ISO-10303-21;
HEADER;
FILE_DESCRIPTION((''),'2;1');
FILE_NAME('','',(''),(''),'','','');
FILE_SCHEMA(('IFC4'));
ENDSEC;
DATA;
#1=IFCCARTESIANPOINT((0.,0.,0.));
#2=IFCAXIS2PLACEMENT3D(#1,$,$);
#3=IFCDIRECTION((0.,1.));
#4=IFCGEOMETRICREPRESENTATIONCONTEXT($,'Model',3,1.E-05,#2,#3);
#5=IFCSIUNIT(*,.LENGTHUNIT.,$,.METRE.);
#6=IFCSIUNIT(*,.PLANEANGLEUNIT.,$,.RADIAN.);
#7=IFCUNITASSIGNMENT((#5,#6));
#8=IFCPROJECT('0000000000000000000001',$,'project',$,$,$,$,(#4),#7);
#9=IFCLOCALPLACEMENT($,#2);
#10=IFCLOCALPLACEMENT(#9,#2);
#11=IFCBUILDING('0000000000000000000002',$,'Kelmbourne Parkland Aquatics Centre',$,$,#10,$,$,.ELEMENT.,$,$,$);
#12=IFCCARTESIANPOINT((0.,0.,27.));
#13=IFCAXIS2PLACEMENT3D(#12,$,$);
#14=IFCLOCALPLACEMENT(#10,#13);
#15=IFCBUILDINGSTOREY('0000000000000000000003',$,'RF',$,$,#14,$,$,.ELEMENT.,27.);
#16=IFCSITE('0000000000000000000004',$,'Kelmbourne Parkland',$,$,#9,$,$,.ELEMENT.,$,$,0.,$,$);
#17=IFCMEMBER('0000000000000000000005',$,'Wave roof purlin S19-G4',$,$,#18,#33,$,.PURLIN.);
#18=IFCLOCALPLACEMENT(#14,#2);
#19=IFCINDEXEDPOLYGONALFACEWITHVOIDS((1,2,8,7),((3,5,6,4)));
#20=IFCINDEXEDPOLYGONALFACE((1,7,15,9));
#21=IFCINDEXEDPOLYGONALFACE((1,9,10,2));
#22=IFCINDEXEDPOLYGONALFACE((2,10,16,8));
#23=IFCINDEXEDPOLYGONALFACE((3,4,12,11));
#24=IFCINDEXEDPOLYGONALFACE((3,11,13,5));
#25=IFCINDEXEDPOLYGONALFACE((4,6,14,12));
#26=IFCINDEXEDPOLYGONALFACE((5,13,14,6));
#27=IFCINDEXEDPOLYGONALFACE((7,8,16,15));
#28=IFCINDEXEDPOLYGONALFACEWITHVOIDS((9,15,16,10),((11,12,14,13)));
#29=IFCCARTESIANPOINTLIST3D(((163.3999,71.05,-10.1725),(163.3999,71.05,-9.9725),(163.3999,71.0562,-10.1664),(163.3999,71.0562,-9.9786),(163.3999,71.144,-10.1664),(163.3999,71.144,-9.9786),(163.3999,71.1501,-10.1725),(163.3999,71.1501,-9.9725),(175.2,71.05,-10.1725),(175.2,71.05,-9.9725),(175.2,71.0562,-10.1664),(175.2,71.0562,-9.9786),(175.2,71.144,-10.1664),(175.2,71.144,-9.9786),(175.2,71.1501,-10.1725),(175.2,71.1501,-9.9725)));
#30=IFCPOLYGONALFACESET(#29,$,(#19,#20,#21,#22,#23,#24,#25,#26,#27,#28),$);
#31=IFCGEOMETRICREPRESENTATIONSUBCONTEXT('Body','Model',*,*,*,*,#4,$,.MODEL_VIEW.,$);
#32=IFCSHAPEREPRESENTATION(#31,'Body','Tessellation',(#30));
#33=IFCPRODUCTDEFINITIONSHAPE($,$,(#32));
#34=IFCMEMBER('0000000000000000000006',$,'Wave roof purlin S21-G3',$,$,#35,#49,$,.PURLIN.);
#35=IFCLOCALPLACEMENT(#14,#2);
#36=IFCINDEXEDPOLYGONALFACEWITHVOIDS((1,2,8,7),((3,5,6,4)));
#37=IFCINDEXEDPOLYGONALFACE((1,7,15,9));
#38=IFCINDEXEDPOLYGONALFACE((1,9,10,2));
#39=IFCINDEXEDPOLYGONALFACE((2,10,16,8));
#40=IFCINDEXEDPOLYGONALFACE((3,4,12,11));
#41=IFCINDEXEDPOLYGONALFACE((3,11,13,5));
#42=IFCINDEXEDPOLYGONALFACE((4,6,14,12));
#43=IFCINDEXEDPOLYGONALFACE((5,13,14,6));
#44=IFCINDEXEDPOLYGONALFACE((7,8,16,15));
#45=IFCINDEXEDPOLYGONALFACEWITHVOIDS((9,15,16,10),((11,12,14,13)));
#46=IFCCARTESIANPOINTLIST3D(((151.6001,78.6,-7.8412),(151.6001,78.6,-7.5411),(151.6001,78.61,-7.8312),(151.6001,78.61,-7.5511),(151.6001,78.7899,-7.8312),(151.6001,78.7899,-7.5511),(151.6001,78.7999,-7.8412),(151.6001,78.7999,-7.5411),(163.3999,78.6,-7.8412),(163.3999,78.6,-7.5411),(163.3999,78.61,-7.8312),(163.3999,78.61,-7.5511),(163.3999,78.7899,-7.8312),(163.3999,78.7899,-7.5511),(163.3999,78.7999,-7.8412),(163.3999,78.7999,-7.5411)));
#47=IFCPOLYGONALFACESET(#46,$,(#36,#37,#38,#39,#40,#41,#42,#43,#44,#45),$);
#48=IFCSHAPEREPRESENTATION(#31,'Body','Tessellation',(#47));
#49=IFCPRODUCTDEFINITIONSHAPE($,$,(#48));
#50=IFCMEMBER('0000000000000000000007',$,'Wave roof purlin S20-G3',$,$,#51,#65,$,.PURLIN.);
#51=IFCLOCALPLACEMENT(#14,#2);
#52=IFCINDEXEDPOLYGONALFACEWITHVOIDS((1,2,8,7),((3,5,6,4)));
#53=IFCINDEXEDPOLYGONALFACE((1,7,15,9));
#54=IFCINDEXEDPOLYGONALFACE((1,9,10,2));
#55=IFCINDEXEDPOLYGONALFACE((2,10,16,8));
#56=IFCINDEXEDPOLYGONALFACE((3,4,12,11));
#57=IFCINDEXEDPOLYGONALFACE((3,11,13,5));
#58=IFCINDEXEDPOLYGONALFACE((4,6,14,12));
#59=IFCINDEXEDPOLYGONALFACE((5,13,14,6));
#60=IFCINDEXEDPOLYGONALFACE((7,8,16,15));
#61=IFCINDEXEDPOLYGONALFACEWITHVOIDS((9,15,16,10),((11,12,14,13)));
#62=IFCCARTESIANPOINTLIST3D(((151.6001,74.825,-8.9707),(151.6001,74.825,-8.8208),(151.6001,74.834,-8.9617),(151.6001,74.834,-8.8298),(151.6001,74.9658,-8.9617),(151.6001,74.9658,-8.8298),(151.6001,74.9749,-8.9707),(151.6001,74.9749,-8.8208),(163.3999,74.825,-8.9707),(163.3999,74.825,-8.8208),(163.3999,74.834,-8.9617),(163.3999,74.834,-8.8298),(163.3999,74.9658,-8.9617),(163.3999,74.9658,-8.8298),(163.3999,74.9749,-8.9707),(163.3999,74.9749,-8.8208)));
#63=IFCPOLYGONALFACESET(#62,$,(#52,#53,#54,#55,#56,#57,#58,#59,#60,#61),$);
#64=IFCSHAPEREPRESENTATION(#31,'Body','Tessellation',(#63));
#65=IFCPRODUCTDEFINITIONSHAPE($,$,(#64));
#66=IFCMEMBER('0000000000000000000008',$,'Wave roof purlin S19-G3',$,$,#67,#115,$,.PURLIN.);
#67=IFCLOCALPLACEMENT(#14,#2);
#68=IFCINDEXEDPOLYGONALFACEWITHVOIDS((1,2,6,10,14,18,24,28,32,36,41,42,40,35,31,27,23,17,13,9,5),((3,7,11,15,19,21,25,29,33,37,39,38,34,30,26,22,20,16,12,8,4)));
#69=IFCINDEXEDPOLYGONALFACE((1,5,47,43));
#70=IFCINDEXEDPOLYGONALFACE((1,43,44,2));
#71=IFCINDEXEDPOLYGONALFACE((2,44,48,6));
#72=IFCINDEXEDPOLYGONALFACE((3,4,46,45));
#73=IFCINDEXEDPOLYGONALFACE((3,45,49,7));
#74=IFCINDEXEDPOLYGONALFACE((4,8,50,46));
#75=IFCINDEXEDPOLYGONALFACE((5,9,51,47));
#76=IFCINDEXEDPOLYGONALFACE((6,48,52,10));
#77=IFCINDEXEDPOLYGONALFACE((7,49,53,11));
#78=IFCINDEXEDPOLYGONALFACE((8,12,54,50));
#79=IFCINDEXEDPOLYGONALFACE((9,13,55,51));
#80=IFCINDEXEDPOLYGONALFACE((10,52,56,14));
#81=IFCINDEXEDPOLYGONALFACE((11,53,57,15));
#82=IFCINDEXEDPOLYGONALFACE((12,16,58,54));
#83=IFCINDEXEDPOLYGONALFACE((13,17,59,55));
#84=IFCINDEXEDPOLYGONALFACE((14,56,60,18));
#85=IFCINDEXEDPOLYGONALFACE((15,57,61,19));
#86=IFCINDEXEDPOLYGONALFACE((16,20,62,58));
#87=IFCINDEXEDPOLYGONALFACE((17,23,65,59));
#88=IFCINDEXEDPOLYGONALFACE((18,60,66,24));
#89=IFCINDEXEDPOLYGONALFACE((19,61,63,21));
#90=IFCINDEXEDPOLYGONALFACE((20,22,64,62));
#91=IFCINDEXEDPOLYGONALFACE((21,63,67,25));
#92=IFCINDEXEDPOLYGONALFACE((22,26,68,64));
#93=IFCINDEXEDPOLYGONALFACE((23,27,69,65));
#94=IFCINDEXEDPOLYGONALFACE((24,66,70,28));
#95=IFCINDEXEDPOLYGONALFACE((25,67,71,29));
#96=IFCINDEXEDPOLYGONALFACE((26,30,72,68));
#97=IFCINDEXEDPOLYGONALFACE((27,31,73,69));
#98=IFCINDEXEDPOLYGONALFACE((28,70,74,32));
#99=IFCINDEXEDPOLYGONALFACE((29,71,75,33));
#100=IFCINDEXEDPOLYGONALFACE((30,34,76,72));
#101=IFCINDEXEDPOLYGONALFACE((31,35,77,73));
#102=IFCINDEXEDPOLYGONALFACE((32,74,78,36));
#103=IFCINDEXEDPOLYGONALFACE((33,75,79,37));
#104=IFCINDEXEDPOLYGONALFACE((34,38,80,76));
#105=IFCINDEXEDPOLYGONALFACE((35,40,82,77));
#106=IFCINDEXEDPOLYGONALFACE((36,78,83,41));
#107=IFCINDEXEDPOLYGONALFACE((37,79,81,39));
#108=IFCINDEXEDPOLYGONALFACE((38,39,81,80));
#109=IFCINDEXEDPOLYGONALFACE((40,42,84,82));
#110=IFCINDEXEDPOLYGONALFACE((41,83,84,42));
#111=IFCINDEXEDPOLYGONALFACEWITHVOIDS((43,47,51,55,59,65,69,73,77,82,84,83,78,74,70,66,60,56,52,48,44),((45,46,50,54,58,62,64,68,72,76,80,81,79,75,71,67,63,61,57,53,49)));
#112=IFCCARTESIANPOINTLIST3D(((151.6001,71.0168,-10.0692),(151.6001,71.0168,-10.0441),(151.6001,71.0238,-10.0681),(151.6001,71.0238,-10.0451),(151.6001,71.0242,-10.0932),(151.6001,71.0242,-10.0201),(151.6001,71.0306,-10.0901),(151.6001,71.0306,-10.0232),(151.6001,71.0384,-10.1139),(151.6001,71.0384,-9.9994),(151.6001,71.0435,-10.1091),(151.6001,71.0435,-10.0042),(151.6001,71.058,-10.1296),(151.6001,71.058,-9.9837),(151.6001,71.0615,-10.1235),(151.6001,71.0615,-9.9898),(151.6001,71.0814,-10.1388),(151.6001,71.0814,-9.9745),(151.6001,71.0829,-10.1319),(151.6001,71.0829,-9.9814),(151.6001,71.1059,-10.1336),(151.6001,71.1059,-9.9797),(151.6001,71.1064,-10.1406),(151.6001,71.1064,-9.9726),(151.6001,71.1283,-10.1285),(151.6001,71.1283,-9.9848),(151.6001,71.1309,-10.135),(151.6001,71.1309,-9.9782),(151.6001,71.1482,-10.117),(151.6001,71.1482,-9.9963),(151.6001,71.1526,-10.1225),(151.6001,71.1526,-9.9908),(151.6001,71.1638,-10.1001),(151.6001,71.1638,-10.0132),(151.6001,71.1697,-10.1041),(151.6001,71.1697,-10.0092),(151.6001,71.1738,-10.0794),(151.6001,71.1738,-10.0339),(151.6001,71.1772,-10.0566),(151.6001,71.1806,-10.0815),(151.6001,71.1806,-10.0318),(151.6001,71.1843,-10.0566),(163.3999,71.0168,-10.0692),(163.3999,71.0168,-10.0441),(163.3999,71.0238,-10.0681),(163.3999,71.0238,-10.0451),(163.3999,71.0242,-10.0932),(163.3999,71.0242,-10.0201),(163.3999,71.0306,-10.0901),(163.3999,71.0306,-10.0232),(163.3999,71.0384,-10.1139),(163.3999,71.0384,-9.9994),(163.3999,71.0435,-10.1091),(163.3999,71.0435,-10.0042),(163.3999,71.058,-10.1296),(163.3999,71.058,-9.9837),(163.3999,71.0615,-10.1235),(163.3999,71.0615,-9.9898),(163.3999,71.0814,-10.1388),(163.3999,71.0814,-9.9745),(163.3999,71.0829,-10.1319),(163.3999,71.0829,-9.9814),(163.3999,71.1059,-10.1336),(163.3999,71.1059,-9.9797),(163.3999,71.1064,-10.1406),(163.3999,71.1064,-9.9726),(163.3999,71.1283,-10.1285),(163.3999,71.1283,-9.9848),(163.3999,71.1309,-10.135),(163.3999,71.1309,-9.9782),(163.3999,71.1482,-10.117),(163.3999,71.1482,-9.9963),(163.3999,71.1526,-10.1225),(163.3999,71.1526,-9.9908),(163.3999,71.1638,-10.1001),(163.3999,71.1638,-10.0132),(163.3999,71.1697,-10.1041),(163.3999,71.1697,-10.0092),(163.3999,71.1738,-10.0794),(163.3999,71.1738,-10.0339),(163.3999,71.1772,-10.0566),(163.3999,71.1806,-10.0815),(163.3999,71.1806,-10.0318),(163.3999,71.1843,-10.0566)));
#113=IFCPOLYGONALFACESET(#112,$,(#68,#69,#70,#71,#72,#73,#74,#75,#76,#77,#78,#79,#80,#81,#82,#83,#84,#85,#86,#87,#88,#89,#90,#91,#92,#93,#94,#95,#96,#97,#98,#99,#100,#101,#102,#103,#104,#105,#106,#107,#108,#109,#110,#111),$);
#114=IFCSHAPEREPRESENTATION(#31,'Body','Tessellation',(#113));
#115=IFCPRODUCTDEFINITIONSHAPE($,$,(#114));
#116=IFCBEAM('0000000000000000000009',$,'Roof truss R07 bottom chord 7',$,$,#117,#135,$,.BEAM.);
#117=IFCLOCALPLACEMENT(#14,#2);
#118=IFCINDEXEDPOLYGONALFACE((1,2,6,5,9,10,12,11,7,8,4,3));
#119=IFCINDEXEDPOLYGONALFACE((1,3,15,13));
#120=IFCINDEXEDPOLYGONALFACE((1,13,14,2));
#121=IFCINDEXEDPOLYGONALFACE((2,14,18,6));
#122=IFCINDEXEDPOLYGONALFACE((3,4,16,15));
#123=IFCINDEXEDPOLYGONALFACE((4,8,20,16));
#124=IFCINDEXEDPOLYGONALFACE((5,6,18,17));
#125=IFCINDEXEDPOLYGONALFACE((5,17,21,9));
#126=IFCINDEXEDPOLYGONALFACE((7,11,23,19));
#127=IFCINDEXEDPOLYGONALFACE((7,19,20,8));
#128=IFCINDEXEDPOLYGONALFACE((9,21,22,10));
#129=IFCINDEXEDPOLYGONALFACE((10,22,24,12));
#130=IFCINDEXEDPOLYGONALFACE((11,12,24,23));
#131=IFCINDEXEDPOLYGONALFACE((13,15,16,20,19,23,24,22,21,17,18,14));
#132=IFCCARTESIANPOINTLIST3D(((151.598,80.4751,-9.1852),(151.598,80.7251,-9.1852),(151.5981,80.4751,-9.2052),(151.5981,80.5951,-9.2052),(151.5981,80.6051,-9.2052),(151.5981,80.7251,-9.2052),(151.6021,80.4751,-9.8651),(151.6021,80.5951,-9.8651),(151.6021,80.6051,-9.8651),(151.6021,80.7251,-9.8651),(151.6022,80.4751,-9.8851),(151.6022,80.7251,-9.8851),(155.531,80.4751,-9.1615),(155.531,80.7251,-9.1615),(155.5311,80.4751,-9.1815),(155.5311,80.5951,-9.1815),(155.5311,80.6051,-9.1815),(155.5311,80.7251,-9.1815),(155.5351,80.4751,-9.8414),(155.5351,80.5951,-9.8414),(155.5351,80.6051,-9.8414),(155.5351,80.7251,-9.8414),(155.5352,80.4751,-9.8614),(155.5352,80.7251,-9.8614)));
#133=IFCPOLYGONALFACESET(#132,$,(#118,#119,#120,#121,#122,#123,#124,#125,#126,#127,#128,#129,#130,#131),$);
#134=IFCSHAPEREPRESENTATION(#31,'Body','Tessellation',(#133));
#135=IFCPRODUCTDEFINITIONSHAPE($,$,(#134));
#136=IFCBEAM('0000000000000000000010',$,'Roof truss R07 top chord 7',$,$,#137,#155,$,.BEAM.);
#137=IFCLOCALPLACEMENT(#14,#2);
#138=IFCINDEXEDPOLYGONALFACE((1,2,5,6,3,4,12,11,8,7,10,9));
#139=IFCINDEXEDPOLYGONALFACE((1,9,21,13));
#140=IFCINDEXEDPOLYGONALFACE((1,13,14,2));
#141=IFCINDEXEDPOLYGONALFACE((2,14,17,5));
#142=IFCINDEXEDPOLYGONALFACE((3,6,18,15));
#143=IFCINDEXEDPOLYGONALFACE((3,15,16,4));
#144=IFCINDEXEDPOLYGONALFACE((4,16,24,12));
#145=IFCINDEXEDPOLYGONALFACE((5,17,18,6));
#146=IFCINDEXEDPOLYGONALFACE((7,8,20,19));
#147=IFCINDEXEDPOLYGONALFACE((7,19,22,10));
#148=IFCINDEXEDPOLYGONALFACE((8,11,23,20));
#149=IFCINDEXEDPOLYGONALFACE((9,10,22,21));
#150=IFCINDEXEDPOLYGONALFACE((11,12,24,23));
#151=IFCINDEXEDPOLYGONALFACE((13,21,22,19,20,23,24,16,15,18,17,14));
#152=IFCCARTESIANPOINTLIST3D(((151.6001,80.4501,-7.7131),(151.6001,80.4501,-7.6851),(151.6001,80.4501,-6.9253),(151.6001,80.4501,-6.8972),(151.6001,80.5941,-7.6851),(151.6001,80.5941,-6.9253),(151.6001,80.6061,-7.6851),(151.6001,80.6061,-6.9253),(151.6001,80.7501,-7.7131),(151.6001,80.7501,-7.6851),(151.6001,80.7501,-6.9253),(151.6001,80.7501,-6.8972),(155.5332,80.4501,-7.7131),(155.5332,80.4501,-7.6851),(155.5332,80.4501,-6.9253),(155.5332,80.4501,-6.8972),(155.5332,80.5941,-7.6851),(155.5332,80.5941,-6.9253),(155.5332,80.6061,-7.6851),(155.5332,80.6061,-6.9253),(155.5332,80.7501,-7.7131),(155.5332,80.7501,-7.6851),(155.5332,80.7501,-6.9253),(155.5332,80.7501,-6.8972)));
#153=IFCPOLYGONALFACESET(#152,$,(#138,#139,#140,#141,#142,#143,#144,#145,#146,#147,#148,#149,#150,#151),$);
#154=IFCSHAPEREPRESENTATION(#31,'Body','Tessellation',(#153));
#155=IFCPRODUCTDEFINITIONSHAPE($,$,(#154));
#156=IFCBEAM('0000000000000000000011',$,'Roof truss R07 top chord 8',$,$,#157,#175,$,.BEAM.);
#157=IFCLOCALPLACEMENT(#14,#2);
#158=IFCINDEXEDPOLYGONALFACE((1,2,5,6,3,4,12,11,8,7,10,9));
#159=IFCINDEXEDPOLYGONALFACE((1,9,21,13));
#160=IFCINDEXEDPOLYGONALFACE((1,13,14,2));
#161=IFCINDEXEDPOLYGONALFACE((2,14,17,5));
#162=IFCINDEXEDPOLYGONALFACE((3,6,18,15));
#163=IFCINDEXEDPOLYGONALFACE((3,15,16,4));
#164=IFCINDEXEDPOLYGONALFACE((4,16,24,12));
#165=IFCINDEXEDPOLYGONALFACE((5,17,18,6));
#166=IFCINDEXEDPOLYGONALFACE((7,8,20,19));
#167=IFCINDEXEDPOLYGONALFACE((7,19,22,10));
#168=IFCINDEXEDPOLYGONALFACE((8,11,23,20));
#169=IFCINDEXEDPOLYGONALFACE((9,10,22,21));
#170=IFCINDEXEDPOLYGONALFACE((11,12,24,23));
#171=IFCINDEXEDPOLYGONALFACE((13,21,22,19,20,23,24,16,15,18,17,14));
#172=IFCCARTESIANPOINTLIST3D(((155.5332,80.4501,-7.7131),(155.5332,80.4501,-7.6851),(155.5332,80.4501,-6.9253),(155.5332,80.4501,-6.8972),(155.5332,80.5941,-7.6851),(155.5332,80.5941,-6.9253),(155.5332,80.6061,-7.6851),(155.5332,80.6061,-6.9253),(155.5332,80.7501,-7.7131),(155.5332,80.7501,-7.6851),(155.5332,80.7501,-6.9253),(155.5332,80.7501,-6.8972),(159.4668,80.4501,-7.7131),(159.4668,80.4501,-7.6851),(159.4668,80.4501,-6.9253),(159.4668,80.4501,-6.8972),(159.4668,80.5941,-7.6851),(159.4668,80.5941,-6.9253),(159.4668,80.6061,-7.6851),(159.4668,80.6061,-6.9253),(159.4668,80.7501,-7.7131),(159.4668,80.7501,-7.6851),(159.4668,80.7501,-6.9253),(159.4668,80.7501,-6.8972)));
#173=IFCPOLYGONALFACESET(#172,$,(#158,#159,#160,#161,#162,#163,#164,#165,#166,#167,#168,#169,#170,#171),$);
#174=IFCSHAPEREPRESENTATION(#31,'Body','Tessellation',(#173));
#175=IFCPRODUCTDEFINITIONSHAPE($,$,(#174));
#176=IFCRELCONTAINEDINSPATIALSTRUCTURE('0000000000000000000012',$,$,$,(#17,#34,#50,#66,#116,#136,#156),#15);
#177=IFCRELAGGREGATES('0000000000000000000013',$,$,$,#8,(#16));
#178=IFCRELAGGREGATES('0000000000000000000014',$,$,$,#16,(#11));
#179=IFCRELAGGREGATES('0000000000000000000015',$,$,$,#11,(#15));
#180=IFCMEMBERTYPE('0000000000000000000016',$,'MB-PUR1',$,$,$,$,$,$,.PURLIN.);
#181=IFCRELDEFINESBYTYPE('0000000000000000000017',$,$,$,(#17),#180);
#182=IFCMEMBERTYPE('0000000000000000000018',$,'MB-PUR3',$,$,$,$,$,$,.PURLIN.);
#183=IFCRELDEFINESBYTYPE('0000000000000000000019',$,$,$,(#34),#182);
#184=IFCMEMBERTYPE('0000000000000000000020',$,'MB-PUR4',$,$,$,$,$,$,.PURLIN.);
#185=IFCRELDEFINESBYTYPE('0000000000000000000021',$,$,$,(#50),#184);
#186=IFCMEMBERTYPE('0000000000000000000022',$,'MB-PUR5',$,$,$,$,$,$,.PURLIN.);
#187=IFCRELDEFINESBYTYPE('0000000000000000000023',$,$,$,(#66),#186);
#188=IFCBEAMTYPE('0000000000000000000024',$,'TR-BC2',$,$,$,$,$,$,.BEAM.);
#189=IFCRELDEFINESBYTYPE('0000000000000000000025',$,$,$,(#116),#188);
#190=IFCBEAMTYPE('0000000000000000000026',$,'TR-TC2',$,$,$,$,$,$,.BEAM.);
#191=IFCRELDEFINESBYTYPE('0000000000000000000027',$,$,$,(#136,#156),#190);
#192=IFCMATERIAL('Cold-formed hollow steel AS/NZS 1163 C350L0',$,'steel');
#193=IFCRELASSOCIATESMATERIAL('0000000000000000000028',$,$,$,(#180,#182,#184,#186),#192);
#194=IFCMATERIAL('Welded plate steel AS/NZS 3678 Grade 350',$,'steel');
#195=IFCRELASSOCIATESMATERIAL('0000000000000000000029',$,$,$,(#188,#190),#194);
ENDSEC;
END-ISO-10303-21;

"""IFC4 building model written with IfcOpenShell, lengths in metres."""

from ifc_helpers import new_model, si_unit, direction, frame, origin, origin_2d, place, context, subcontext, project, spatial, hollow_rectangle, hollow_circle, i_section, extrude, material, material_profile, profile_set, type_object, element, save


model = new_model("IFC4")

# Units and contexts
model_context = context("Model", 3, precision=1e-05, world=origin(), true_north=direction((0.0, 1.0)))
body_context = subcontext(model_context, "Body", "Model", "MODEL_VIEW")
ifc_project = project(units=[si_unit("LENGTHUNIT", "METRE"), si_unit("PLANEANGLEUNIT", "RADIAN")], contexts=[model_context])

# Site, building, storey
site_placement = place(None, origin())
site = spatial("IfcSite", under=ifc_project, at=site_placement, Name="Kelmbourne Parkland", CompositionType="ELEMENT", RefElevation=0.0)
building_placement = place(site_placement, origin())
building = spatial("IfcBuilding", under=site, at=building_placement, Name="Kelmbourne Parkland Aquatics Centre", CompositionType="ELEMENT")
storey_placement = place(building_placement, frame((0.0, 0.0, 27.0)))
storey = spatial("IfcBuildingStorey", under=building, at=storey_placement, Name="RF", CompositionType="ELEMENT", Elevation=27.0)

# Members
ifc_material_1 = material(Name="Cold-formed hollow steel AS/NZS 1163 C350L0", Category="steel")
ifc_material_profile_1 = material_profile(ifc_material_1, hollow_rectangle(XDim=0.1001, YDim=0.2, WallThickness=0.0061, at=origin_2d()), Name="RHS 200x100x6.0")
ifc_profile_set_1 = profile_set([ifc_material_profile_1], Name="Cold-formed hollow steel AS/NZS 1163 C350L0")
member_type_1 = type_object("IfcMemberType", Name="MB-PUR1", PredefinedType="PURLIN", material=ifc_profile_set_1)
member_1_placement = place(storey_placement, frame((163.3999, 71.1001, -10.0725), z_axis=(1.0, 0.0, 0.0), x_axis=(0.0, 1.0, 0.0)))
element("IfcMember", 1, at=member_1_placement, inside=storey, type_object=member_type_1, Name="Wave roof purlin S19-G4", PredefinedType="PURLIN", context=body_context, shape_type="SweptSolid", body=[
    extrude(hollow_rectangle(XDim=0.1001, YDim=0.2, WallThickness=0.0061, at=origin_2d()), origin(), (0.0, 0.0, 1.0), 11.8),
])
ifc_material_profile_2 = material_profile(ifc_material_1, hollow_rectangle(XDim=0.2, YDim=0.3, WallThickness=0.01, at=origin_2d()), Name="RHS 300x200x10.0")
ifc_profile_set_2 = profile_set([ifc_material_profile_2], Name="Cold-formed hollow steel AS/NZS 1163 C350L0")
member_type_2 = type_object("IfcMemberType", Name="MB-PUR3", PredefinedType="PURLIN", material=ifc_profile_set_2)
member_2_placement = place(storey_placement, frame((151.6001, 78.7, -7.6912), z_axis=(1.0, 0.0, 0.0), x_axis=(0.0, 1.0, 0.0)))
element("IfcMember", 2, at=member_2_placement, inside=storey, type_object=member_type_2, Name="Wave roof purlin S21-G3", PredefinedType="PURLIN", context=body_context, shape_type="SweptSolid", body=[
    extrude(hollow_rectangle(XDim=0.2, YDim=0.3, WallThickness=0.01, at=origin_2d()), origin(), (0.0, 0.0, 1.0), 11.7998),
])
ifc_material_profile_3 = material_profile(ifc_material_1, hollow_rectangle(XDim=0.1499, YDim=0.1499, WallThickness=0.009, at=origin_2d()), Name="SHS 150x150x9.0")
ifc_profile_set_3 = profile_set([ifc_material_profile_3], Name="Cold-formed hollow steel AS/NZS 1163 C350L0")
member_type_3 = type_object("IfcMemberType", Name="MB-PUR4", PredefinedType="PURLIN", material=ifc_profile_set_3)
member_3_placement = place(storey_placement, frame((151.6001, 74.8999, -8.8958), z_axis=(1.0, 0.0, 0.0), x_axis=(0.0, 1.0, 0.0)))
element("IfcMember", 3, at=member_3_placement, inside=storey, type_object=member_type_3, Name="Wave roof purlin S20-G3", PredefinedType="PURLIN", context=body_context, shape_type="SweptSolid", body=[
    extrude(hollow_rectangle(XDim=0.1499, YDim=0.1499, WallThickness=0.009, at=origin_2d()), origin(), (0.0, 0.0, 1.0), 11.7998),
])
ifc_material_profile_4 = material_profile(ifc_material_1, hollow_circle(Radius=0.0842, WallThickness=0.0071, at=origin_2d()), Name="CHS 168.3x7.1")
ifc_profile_set_4 = profile_set([ifc_material_profile_4], Name="Cold-formed hollow steel AS/NZS 1163 C350L0")
member_type_4 = type_object("IfcMemberType", Name="MB-PUR5", PredefinedType="PURLIN", material=ifc_profile_set_4)
member_4_placement = place(storey_placement, frame((151.6001, 71.1001, -10.0566), z_axis=(1.0, 0.0, 0.0), x_axis=(0.0, 1.0, 0.0)))
element("IfcMember", 4, at=member_4_placement, inside=storey, type_object=member_type_4, Name="Wave roof purlin S19-G3", PredefinedType="PURLIN", context=body_context, shape_type="SweptSolid", body=[
    extrude(hollow_circle(Radius=0.0842, WallThickness=0.0071, at=origin_2d()), origin(), (0.0, 0.0, 1.0), 11.7998),
])

# Beams
ifc_material_2 = material(Name="Welded plate steel AS/NZS 3678 Grade 350", Category="steel")
ifc_material_profile_5 = material_profile(ifc_material_2, i_section(OverallWidth=0.25, OverallDepth=0.7, WebThickness=0.01, FlangeThickness=0.02, at=origin_2d()), Name="700WB130")
ifc_profile_set_5 = profile_set([ifc_material_profile_5], Name="Welded plate steel AS/NZS 3678 Grade 350")
beam_type_1 = type_object("IfcBeamType", Name="TR-BC2", PredefinedType="BEAM", material=ifc_profile_set_5)
beam_1_placement = place(storey_placement, frame((151.6001, 80.6001, -9.5352), z_axis=(0.999982, 0.0, 0.006021), x_axis=(0.0, 1.0, 0.0)))
element("IfcBeam", 5, at=beam_1_placement, inside=storey, type_object=beam_type_1, Name="Roof truss R07 bottom chord 7", PredefinedType="BEAM", context=body_context, shape_type="SweptSolid", body=[
    extrude(i_section(OverallWidth=0.25, OverallDepth=0.7, WebThickness=0.01, FlangeThickness=0.02, at=origin_2d()), origin(), (0.0, 0.0, 1.0), 3.9331),
])
ifc_material_profile_6 = material_profile(ifc_material_2, i_section(OverallWidth=0.3, OverallDepth=0.8159, WebThickness=0.012, FlangeThickness=0.0281, at=origin_2d()), Name="800WB192")
ifc_profile_set_6 = profile_set([ifc_material_profile_6], Name="Welded plate steel AS/NZS 3678 Grade 350")
beam_type_2 = type_object("IfcBeamType", Name="TR-TC2", PredefinedType="BEAM", material=ifc_profile_set_6)
beam_2_placement = place(storey_placement, frame((151.6001, 80.6001, -7.3052), z_axis=(1.0, 0.0, 0.0), x_axis=(0.0, 1.0, 0.0)))
element("IfcBeam", 6, at=beam_2_placement, inside=storey, type_object=beam_type_2, Name="Roof truss R07 top chord 7", PredefinedType="BEAM", context=body_context, shape_type="SweptSolid", body=[
    extrude(i_section(OverallWidth=0.3, OverallDepth=0.8159, WebThickness=0.012, FlangeThickness=0.0281, at=origin_2d()), origin(), (0.0, 0.0, 1.0), 3.9331),
])
beam_3_placement = place(storey_placement, frame((155.5332, 80.6001, -7.3052), z_axis=(1.0, 0.0, 0.0), x_axis=(0.0, 1.0, 0.0)))
element("IfcBeam", 7, at=beam_3_placement, inside=storey, type_object=beam_type_2, Name="Roof truss R07 top chord 8", PredefinedType="BEAM", context=body_context, shape_type="SweptSolid", body=[
    extrude(i_section(OverallWidth=0.3, OverallDepth=0.8159, WebThickness=0.012, FlangeThickness=0.0281, at=origin_2d()), origin(), (0.0, 0.0, 1.0), 3.9336),
])

save(model, "model.ifc")
